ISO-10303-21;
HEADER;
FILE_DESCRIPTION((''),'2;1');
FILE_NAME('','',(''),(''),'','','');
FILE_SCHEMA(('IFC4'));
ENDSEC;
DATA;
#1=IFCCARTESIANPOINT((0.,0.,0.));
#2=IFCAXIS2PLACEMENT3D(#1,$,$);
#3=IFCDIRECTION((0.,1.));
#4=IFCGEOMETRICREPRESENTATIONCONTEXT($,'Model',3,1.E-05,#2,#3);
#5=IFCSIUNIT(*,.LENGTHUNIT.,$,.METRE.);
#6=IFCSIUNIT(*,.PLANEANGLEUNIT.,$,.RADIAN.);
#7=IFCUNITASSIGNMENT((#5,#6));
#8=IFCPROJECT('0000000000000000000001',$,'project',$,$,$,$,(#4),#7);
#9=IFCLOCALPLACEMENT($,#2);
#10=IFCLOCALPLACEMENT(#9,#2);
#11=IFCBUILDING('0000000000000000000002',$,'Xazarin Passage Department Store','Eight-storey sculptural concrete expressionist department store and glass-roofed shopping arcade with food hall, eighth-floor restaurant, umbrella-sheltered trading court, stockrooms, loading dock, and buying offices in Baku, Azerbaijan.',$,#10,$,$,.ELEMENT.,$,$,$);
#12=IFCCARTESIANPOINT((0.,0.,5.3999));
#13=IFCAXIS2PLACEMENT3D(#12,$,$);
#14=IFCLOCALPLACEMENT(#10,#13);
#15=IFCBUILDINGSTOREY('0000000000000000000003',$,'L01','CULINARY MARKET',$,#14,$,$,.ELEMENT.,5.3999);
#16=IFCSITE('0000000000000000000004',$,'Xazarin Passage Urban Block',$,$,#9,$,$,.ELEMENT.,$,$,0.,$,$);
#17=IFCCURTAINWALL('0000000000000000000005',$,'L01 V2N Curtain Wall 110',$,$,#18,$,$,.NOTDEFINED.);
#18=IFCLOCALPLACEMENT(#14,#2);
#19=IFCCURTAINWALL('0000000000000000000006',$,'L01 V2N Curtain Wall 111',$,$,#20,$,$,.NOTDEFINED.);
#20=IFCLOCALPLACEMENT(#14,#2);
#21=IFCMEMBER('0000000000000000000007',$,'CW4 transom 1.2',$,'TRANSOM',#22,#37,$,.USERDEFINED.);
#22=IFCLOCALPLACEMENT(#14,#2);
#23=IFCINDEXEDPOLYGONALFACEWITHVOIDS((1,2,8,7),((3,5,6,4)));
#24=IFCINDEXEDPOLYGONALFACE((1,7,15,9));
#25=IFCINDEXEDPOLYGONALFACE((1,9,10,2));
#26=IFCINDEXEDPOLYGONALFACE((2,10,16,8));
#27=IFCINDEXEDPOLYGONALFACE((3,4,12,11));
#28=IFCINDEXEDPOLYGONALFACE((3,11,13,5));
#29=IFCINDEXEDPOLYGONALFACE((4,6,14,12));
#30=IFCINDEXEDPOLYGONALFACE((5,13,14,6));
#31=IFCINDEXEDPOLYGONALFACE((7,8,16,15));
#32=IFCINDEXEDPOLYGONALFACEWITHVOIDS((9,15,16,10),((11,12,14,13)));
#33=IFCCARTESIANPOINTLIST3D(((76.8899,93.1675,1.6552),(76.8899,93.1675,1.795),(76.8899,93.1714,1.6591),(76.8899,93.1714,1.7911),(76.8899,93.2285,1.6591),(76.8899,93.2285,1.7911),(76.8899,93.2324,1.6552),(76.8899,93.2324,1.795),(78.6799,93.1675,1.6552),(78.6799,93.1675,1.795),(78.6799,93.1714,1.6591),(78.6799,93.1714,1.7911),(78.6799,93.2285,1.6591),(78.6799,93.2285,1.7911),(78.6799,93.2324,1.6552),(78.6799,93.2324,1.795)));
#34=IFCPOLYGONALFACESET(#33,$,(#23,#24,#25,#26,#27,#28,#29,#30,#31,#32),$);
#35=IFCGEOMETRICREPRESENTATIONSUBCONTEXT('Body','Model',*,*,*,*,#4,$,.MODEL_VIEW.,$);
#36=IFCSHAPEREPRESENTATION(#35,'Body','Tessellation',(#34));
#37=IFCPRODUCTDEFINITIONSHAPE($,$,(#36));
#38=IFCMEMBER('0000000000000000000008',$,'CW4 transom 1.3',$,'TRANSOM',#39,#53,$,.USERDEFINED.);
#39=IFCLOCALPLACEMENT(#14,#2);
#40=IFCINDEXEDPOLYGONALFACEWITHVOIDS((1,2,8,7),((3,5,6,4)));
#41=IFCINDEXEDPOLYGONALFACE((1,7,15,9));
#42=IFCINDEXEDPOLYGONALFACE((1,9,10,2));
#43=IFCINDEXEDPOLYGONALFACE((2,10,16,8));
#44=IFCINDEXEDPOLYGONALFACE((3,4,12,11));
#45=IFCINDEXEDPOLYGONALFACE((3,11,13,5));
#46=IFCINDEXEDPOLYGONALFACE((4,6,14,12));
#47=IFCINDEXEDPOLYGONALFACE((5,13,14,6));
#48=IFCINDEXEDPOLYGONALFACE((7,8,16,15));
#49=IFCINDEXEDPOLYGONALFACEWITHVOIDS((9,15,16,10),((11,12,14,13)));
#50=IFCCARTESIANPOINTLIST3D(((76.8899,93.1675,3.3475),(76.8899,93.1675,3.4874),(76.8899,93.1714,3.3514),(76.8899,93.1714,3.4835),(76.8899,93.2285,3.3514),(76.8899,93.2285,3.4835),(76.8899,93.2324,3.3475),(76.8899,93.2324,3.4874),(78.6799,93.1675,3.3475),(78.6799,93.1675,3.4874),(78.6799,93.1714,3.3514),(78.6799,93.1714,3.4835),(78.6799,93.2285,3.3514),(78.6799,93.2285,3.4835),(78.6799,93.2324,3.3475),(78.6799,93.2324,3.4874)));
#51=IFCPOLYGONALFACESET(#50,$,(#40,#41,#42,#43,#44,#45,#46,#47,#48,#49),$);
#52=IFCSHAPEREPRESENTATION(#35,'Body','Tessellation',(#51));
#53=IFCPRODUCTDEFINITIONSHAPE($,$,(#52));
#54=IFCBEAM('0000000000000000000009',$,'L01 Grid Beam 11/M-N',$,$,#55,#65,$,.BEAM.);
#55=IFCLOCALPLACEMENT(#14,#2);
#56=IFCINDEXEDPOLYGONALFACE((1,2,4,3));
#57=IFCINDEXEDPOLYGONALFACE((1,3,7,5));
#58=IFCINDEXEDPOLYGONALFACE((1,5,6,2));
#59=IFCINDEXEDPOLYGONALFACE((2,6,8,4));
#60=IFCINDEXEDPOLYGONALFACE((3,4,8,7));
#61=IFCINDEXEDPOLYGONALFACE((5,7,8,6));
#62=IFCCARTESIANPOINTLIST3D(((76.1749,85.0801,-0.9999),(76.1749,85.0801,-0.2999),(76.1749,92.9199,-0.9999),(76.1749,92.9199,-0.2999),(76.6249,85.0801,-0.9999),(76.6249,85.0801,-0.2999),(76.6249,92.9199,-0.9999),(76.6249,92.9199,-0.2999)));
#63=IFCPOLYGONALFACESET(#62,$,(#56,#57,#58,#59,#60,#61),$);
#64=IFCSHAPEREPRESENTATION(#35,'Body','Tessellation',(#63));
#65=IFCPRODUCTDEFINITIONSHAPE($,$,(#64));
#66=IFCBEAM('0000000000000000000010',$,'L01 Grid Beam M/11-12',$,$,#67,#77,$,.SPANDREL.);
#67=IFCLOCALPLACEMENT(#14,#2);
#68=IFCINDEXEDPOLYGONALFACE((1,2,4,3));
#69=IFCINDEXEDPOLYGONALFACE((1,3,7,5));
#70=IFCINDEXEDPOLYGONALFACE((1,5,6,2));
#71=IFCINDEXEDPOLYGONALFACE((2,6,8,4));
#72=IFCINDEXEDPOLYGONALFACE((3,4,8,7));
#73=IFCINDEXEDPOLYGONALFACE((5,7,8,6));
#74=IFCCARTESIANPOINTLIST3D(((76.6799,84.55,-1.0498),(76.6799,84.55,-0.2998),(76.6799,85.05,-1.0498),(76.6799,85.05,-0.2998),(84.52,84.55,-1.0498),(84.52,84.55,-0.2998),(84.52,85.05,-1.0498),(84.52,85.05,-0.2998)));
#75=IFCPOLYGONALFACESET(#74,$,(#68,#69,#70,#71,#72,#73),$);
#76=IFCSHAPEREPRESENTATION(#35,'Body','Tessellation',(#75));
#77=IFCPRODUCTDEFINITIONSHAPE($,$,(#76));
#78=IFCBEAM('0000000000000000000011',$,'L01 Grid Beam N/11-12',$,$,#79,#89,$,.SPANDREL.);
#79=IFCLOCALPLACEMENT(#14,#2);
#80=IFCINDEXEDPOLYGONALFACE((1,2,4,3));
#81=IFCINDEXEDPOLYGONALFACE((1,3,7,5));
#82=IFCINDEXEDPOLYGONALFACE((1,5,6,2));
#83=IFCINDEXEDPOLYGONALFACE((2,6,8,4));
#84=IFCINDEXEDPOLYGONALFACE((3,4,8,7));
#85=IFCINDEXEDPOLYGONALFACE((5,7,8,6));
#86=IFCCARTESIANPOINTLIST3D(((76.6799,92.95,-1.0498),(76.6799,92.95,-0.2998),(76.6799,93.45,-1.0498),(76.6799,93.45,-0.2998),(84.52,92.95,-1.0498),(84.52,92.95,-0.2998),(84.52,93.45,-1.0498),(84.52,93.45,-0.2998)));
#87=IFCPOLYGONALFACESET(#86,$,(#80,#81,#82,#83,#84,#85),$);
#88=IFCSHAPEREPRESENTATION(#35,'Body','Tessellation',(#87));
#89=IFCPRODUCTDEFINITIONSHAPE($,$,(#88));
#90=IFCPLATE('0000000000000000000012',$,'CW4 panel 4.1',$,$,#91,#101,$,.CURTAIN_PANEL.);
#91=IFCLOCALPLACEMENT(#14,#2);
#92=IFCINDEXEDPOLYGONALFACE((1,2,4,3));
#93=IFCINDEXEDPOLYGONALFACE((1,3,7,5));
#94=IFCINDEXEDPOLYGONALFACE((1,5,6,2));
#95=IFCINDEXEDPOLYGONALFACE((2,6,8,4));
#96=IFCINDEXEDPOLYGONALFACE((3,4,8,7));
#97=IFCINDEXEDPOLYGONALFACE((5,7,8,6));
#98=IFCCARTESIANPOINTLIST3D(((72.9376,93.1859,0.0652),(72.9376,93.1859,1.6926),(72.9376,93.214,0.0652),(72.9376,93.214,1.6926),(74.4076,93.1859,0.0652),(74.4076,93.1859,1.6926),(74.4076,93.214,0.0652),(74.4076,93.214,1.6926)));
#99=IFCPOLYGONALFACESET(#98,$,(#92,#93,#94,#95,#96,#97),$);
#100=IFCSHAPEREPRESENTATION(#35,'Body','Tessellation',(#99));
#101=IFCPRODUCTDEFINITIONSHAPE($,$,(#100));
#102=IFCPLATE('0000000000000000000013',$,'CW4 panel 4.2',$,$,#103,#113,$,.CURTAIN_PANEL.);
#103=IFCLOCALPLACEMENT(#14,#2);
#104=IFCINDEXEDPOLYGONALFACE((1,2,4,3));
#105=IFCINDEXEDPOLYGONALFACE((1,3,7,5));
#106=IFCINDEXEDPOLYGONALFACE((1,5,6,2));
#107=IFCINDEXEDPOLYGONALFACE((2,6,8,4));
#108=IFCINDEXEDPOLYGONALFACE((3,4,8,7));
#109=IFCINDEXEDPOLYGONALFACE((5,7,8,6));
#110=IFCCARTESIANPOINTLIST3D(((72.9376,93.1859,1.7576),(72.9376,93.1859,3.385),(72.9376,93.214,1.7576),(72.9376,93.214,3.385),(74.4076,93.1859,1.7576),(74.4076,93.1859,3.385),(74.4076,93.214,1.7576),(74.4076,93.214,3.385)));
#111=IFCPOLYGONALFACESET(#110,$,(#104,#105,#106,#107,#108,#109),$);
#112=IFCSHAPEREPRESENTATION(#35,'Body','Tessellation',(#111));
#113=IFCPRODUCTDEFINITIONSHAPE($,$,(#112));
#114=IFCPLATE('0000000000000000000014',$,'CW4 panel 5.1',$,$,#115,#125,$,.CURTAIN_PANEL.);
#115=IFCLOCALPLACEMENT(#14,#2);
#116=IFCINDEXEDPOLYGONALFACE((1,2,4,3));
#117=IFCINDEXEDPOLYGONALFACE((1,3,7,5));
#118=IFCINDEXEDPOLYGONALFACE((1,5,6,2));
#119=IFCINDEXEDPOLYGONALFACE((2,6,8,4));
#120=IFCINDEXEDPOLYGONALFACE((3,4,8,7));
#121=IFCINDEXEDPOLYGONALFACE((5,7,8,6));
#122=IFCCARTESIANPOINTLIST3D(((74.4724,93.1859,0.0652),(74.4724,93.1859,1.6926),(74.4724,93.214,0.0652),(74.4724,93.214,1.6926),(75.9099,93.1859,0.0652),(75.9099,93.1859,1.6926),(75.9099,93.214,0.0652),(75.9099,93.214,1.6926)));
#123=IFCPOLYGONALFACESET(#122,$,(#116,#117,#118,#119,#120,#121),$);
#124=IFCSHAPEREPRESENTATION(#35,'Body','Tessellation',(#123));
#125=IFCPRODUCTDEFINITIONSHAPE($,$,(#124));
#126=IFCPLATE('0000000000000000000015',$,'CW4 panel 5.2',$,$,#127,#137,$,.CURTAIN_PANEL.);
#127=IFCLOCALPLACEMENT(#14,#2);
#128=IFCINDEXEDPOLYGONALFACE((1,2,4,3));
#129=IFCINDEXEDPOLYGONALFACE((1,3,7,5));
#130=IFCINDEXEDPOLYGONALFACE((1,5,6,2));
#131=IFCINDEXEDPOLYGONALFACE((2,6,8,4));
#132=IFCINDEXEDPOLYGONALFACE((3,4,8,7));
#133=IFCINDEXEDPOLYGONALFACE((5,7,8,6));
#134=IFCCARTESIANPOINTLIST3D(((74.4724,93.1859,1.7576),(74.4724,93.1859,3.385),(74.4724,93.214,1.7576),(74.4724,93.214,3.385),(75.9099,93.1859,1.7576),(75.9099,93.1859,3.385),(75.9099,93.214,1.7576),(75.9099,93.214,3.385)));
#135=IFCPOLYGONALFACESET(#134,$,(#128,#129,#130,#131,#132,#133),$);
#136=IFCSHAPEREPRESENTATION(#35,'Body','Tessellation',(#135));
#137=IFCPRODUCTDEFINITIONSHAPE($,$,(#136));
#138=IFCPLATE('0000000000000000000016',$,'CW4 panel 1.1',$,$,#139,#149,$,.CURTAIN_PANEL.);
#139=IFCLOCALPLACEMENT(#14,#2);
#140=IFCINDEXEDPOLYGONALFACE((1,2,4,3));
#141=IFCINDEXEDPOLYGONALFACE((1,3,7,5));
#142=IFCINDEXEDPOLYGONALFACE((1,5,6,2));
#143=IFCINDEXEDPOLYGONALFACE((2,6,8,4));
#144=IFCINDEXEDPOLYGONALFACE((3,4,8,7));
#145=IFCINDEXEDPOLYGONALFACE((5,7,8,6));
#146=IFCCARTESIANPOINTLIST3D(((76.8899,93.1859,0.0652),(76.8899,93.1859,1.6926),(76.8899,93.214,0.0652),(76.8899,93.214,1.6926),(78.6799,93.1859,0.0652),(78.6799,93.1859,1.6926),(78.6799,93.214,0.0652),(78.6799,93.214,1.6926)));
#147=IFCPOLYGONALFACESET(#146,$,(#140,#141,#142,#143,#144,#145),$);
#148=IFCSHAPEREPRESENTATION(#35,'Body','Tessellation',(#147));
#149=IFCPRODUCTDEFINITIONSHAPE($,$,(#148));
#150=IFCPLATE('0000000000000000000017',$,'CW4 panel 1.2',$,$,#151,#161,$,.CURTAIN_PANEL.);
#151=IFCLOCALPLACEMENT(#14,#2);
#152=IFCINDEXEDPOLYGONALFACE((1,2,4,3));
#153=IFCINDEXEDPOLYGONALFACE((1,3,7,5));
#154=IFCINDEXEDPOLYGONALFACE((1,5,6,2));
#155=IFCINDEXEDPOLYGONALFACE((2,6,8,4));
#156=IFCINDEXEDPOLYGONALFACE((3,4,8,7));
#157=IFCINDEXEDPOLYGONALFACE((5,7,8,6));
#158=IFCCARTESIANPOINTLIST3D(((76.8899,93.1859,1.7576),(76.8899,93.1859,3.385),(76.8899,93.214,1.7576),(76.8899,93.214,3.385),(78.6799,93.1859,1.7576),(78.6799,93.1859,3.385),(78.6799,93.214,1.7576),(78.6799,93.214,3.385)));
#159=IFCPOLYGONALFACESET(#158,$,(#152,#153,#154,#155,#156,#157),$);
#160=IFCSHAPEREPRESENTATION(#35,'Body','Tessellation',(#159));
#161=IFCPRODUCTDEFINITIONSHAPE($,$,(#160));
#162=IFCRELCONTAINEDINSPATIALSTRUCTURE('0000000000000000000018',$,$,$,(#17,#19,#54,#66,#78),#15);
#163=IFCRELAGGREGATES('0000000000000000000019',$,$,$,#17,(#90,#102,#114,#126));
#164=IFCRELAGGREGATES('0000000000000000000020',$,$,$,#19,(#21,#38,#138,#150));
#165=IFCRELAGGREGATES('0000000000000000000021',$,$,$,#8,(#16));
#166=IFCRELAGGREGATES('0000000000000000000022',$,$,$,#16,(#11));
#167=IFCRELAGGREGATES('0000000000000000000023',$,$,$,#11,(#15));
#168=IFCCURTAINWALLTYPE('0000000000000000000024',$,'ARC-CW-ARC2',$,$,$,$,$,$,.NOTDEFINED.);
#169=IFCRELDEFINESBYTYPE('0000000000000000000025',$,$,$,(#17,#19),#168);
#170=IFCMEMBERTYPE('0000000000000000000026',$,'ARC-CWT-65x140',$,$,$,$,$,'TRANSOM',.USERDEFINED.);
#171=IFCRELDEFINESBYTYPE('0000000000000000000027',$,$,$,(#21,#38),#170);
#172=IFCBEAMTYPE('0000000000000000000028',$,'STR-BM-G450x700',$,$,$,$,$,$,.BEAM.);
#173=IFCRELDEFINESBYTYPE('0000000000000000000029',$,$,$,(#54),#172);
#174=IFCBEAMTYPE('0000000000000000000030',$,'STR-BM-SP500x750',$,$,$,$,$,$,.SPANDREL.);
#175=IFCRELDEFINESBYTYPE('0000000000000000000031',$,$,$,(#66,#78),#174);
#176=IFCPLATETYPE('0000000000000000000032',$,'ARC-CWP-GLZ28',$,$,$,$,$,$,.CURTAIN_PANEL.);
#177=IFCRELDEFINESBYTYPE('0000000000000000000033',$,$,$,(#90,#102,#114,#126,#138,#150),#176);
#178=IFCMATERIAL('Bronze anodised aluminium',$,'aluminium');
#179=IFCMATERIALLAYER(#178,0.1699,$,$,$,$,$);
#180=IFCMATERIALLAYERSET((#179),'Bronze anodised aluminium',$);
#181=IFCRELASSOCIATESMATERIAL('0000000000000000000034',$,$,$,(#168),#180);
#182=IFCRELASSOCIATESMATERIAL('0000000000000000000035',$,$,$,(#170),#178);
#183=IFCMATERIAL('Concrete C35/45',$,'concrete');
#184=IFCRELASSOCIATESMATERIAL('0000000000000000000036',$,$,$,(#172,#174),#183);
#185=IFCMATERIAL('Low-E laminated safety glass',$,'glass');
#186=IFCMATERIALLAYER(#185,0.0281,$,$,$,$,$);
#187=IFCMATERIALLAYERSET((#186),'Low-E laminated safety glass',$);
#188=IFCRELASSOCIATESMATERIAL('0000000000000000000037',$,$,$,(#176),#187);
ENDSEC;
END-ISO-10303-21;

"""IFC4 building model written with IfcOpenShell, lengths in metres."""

from ifc_helpers import new_model, si_unit, direction, frame, origin, origin_2d, place, context, subcontext, project, spatial, rectangle, hollow_rectangle, extrude, material, layer, layer_set, material_profile, profile_set, type_object, element, aggregate, save


model = new_model("IFC4")

# Units and contexts
model_context = context("Model", 3, precision=1e-05, world=origin(), true_north=direction((0.0, 1.0)))
body_context = subcontext(model_context, "Body", "Model", "MODEL_VIEW")
ifc_project = project(units=[si_unit("LENGTHUNIT", "METRE"), si_unit("PLANEANGLEUNIT", "RADIAN")], contexts=[model_context])

# Site, building, storey
site_placement = place(None, origin())
site = spatial("IfcSite", under=ifc_project, at=site_placement, Name="Xazarin Passage Urban Block", CompositionType="ELEMENT", RefElevation=0.0)
building_placement = place(site_placement, origin())
building = spatial("IfcBuilding", under=site, at=building_placement, Name="Xazarin Passage Department Store", Description="Eight-storey sculptural concrete expressionist department store and glass-roofed shopping arcade with food hall, eighth-floor restaurant, umbrella-sheltered trading court, stockrooms, loading dock, and buying offices in Baku, Azerbaijan.", CompositionType="ELEMENT")
storey_placement = place(building_placement, frame((0.0, 0.0, 5.3999)))
storey = spatial("IfcBuildingStorey", under=building, at=storey_placement, Name="L01", Description="CULINARY MARKET", CompositionType="ELEMENT", Elevation=5.3999)

# Curtain wall
ifc_material_1 = material(Name="Bronze anodised aluminium", Category="aluminium")
ifc_layer_1 = layer(ifc_material_1, 0.1699)
ifc_layer_set_1 = layer_set([ifc_layer_1], Name="Bronze anodised aluminium")
curtain_wall_type = type_object("IfcCurtainWallType", Name="ARC-CW-ARC2", PredefinedType="NOTDEFINED", material=ifc_layer_set_1)
curtain_wall_1_placement = place(storey_placement, origin())
curtain_wall_1 = element("IfcCurtainWall", 1, at=curtain_wall_1_placement, inside=storey, type_object=curtain_wall_type, Name="L01 V2N Curtain Wall 110", PredefinedType="NOTDEFINED")

# Curtain wall
curtain_wall_2_placement = place(storey_placement, origin())
curtain_wall_2 = element("IfcCurtainWall", 2, at=curtain_wall_2_placement, inside=storey, type_object=curtain_wall_type, Name="L01 V2N Curtain Wall 111", PredefinedType="NOTDEFINED")

# Members
ifc_material_profile_1 = material_profile(ifc_material_1, hollow_rectangle(XDim=0.0649, YDim=0.1399, WallThickness=0.0039, at=origin_2d()), Name="ALU 65x140")
ifc_profile_set_1 = profile_set([ifc_material_profile_1], Name="Bronze anodised aluminium")
member_type_1 = type_object("IfcMemberType", Name="ARC-CWT-65x140", ElementType="TRANSOM", PredefinedType="USERDEFINED", material=ifc_profile_set_1)
member_1_placement = place(storey_placement, frame((76.8899, 93.2, 1.7251), z_axis=(1.0, 0.0, 0.0), x_axis=(0.0, 1.0, 0.0)))
member_1 = element("IfcMember", 3, at=member_1_placement, type_object=member_type_1, Name="CW4 transom 1.2", ObjectType="TRANSOM", PredefinedType="USERDEFINED", context=body_context, shape_type="SweptSolid", body=[
    extrude(hollow_rectangle(XDim=0.0649, YDim=0.1399, WallThickness=0.0039, at=origin_2d()), origin(), (0.0, 0.0, 1.0), 1.79),
])
member_2_placement = place(storey_placement, frame((76.8899, 93.2, 3.4175), z_axis=(1.0, 0.0, 0.0), x_axis=(0.0, 1.0, 0.0)))
member_2 = element("IfcMember", 4, at=member_2_placement, type_object=member_type_1, Name="CW4 transom 1.3", ObjectType="TRANSOM", PredefinedType="USERDEFINED", context=body_context, shape_type="SweptSolid", body=[
    extrude(hollow_rectangle(XDim=0.0649, YDim=0.1399, WallThickness=0.0039, at=origin_2d()), origin(), (0.0, 0.0, 1.0), 1.79),
])

# Beams
ifc_material_2 = material(Name="Concrete C35/45", Category="concrete")
ifc_material_profile_2 = material_profile(ifc_material_2, rectangle(XDim=0.45, YDim=0.7, at=origin_2d()), Name="RC 450x700")
ifc_profile_set_2 = profile_set([ifc_material_profile_2], Name="Concrete C35/45")
beam_type_1 = type_object("IfcBeamType", Name="STR-BM-G450x700", PredefinedType="BEAM", material=ifc_profile_set_2)
beam_placement = place(storey_placement, frame((76.3999, 85.0801, -0.6499), z_axis=(0.0, 1.0, 0.0), x_axis=(-1.0, 0.0, 0.0)))
element("IfcBeam", 5, at=beam_placement, inside=storey, type_object=beam_type_1, Name="L01 Grid Beam 11/M-N", PredefinedType="BEAM", context=body_context, shape_type="SweptSolid", body=[
    extrude(rectangle(XDim=0.45, YDim=0.7, at=origin_2d()), origin(), (0.0, 0.0, 1.0), 7.8398),
])
ifc_material_profile_3 = material_profile(ifc_material_2, rectangle(XDim=0.5, YDim=0.75, at=origin_2d()), Name="RC 500x750")
ifc_profile_set_3 = profile_set([ifc_material_profile_3], Name="Concrete C35/45")
beam_type_2 = type_object("IfcBeamType", Name="STR-BM-SP500x750", PredefinedType="SPANDREL", material=ifc_profile_set_3)
for number, where, z_axis, x_axis, name in (
    (6, (76.6799, 84.8, -0.6748), (1.0, 0.0, 0.0), (0.0, 1.0, 0.0), "L01 Grid Beam M/11-12"),
    (7, (76.6799, 93.2, -0.6748), (1.0, 0.0, 0.0), (0.0, 1.0, 0.0), "L01 Grid Beam N/11-12"),
):
    element("IfcBeam", number, at=place(storey_placement, frame(where, z_axis=z_axis, x_axis=x_axis)), inside=storey, type_object=beam_type_2, Name=name, PredefinedType="SPANDREL", context=body_context, shape_type="SweptSolid", body=[
        extrude(rectangle(XDim=0.5, YDim=0.75, at=origin_2d()), origin(), (0.0, 0.0, 1.0), 7.8401),
    ])

# Plates
ifc_material_3 = material(Name="Low-E laminated safety glass", Category="glass")
ifc_layer_2 = layer(ifc_material_3, 0.0281)
ifc_layer_set_2 = layer_set([ifc_layer_2], Name="Low-E laminated safety glass")
plate_type = type_object("IfcPlateType", Name="ARC-CWP-GLZ28", PredefinedType="CURTAIN_PANEL", material=ifc_layer_set_2)
plate_1_placement = place(storey_placement, frame((73.6726, 93.2, 0.0652), z_axis=(0.0, 0.0, 1.0), x_axis=(1.0, 0.0, 0.0)))
plate_1 = element("IfcPlate", 8, at=plate_1_placement, type_object=plate_type, Name="CW4 panel 4.1", PredefinedType="CURTAIN_PANEL", context=body_context, shape_type="SweptSolid", body=[
    extrude(rectangle(XDim=1.47, YDim=0.0281, at=origin_2d()), origin(), (0.0, 0.0, 1.0), 1.6274),
])
plate_2_placement = place(storey_placement, frame((73.6726, 93.2, 1.7576), z_axis=(0.0, 0.0, 1.0), x_axis=(1.0, 0.0, 0.0)))
plate_2 = element("IfcPlate", 9, at=plate_2_placement, type_object=plate_type, Name="CW4 panel 4.2", PredefinedType="CURTAIN_PANEL", context=body_context, shape_type="SweptSolid", body=[
    extrude(rectangle(XDim=1.47, YDim=0.0281, at=origin_2d()), origin(), (0.0, 0.0, 1.0), 1.6274),
])
plate_3_placement = place(storey_placement, frame((75.1912, 93.2, 0.0652), z_axis=(0.0, 0.0, 1.0), x_axis=(1.0, 0.0, 0.0)))
plate_3 = element("IfcPlate", 10, at=plate_3_placement, type_object=plate_type, Name="CW4 panel 5.1", PredefinedType="CURTAIN_PANEL", context=body_context, shape_type="SweptSolid", body=[
    extrude(rectangle(XDim=1.4375, YDim=0.0281, at=origin_2d()), origin(), (0.0, 0.0, 1.0), 1.6274),
])
plate_4_placement = place(storey_placement, frame((75.1912, 93.2, 1.7576), z_axis=(0.0, 0.0, 1.0), x_axis=(1.0, 0.0, 0.0)))
plate_4 = element("IfcPlate", 11, at=plate_4_placement, type_object=plate_type, Name="CW4 panel 5.2", PredefinedType="CURTAIN_PANEL", context=body_context, shape_type="SweptSolid", body=[
    extrude(rectangle(XDim=1.4375, YDim=0.0281, at=origin_2d()), origin(), (0.0, 0.0, 1.0), 1.6274),
])
aggregate(curtain_wall_1, [plate_1, plate_2, plate_3, plate_4])
plate_5_placement = place(storey_placement, frame((77.7849, 93.2, 0.0652), z_axis=(0.0, 0.0, 1.0), x_axis=(1.0, 0.0, 0.0)))
plate_5 = element("IfcPlate", 12, at=plate_5_placement, type_object=plate_type, Name="CW4 panel 1.1", PredefinedType="CURTAIN_PANEL", context=body_context, shape_type="SweptSolid", body=[
    extrude(rectangle(XDim=1.79, YDim=0.0281, at=origin_2d()), origin(), (0.0, 0.0, 1.0), 1.6274),
])
plate_6_placement = place(storey_placement, frame((77.7849, 93.2, 1.7576), z_axis=(0.0, 0.0, 1.0), x_axis=(1.0, 0.0, 0.0)))
plate_6 = element("IfcPlate", 13, at=plate_6_placement, type_object=plate_type, Name="CW4 panel 1.2", PredefinedType="CURTAIN_PANEL", context=body_context, shape_type="SweptSolid", body=[
    extrude(rectangle(XDim=1.79, YDim=0.0281, at=origin_2d()), origin(), (0.0, 0.0, 1.0), 1.6274),
])
aggregate(curtain_wall_2, [member_1, member_2, plate_5, plate_6])

save(model, "model.ifc")
